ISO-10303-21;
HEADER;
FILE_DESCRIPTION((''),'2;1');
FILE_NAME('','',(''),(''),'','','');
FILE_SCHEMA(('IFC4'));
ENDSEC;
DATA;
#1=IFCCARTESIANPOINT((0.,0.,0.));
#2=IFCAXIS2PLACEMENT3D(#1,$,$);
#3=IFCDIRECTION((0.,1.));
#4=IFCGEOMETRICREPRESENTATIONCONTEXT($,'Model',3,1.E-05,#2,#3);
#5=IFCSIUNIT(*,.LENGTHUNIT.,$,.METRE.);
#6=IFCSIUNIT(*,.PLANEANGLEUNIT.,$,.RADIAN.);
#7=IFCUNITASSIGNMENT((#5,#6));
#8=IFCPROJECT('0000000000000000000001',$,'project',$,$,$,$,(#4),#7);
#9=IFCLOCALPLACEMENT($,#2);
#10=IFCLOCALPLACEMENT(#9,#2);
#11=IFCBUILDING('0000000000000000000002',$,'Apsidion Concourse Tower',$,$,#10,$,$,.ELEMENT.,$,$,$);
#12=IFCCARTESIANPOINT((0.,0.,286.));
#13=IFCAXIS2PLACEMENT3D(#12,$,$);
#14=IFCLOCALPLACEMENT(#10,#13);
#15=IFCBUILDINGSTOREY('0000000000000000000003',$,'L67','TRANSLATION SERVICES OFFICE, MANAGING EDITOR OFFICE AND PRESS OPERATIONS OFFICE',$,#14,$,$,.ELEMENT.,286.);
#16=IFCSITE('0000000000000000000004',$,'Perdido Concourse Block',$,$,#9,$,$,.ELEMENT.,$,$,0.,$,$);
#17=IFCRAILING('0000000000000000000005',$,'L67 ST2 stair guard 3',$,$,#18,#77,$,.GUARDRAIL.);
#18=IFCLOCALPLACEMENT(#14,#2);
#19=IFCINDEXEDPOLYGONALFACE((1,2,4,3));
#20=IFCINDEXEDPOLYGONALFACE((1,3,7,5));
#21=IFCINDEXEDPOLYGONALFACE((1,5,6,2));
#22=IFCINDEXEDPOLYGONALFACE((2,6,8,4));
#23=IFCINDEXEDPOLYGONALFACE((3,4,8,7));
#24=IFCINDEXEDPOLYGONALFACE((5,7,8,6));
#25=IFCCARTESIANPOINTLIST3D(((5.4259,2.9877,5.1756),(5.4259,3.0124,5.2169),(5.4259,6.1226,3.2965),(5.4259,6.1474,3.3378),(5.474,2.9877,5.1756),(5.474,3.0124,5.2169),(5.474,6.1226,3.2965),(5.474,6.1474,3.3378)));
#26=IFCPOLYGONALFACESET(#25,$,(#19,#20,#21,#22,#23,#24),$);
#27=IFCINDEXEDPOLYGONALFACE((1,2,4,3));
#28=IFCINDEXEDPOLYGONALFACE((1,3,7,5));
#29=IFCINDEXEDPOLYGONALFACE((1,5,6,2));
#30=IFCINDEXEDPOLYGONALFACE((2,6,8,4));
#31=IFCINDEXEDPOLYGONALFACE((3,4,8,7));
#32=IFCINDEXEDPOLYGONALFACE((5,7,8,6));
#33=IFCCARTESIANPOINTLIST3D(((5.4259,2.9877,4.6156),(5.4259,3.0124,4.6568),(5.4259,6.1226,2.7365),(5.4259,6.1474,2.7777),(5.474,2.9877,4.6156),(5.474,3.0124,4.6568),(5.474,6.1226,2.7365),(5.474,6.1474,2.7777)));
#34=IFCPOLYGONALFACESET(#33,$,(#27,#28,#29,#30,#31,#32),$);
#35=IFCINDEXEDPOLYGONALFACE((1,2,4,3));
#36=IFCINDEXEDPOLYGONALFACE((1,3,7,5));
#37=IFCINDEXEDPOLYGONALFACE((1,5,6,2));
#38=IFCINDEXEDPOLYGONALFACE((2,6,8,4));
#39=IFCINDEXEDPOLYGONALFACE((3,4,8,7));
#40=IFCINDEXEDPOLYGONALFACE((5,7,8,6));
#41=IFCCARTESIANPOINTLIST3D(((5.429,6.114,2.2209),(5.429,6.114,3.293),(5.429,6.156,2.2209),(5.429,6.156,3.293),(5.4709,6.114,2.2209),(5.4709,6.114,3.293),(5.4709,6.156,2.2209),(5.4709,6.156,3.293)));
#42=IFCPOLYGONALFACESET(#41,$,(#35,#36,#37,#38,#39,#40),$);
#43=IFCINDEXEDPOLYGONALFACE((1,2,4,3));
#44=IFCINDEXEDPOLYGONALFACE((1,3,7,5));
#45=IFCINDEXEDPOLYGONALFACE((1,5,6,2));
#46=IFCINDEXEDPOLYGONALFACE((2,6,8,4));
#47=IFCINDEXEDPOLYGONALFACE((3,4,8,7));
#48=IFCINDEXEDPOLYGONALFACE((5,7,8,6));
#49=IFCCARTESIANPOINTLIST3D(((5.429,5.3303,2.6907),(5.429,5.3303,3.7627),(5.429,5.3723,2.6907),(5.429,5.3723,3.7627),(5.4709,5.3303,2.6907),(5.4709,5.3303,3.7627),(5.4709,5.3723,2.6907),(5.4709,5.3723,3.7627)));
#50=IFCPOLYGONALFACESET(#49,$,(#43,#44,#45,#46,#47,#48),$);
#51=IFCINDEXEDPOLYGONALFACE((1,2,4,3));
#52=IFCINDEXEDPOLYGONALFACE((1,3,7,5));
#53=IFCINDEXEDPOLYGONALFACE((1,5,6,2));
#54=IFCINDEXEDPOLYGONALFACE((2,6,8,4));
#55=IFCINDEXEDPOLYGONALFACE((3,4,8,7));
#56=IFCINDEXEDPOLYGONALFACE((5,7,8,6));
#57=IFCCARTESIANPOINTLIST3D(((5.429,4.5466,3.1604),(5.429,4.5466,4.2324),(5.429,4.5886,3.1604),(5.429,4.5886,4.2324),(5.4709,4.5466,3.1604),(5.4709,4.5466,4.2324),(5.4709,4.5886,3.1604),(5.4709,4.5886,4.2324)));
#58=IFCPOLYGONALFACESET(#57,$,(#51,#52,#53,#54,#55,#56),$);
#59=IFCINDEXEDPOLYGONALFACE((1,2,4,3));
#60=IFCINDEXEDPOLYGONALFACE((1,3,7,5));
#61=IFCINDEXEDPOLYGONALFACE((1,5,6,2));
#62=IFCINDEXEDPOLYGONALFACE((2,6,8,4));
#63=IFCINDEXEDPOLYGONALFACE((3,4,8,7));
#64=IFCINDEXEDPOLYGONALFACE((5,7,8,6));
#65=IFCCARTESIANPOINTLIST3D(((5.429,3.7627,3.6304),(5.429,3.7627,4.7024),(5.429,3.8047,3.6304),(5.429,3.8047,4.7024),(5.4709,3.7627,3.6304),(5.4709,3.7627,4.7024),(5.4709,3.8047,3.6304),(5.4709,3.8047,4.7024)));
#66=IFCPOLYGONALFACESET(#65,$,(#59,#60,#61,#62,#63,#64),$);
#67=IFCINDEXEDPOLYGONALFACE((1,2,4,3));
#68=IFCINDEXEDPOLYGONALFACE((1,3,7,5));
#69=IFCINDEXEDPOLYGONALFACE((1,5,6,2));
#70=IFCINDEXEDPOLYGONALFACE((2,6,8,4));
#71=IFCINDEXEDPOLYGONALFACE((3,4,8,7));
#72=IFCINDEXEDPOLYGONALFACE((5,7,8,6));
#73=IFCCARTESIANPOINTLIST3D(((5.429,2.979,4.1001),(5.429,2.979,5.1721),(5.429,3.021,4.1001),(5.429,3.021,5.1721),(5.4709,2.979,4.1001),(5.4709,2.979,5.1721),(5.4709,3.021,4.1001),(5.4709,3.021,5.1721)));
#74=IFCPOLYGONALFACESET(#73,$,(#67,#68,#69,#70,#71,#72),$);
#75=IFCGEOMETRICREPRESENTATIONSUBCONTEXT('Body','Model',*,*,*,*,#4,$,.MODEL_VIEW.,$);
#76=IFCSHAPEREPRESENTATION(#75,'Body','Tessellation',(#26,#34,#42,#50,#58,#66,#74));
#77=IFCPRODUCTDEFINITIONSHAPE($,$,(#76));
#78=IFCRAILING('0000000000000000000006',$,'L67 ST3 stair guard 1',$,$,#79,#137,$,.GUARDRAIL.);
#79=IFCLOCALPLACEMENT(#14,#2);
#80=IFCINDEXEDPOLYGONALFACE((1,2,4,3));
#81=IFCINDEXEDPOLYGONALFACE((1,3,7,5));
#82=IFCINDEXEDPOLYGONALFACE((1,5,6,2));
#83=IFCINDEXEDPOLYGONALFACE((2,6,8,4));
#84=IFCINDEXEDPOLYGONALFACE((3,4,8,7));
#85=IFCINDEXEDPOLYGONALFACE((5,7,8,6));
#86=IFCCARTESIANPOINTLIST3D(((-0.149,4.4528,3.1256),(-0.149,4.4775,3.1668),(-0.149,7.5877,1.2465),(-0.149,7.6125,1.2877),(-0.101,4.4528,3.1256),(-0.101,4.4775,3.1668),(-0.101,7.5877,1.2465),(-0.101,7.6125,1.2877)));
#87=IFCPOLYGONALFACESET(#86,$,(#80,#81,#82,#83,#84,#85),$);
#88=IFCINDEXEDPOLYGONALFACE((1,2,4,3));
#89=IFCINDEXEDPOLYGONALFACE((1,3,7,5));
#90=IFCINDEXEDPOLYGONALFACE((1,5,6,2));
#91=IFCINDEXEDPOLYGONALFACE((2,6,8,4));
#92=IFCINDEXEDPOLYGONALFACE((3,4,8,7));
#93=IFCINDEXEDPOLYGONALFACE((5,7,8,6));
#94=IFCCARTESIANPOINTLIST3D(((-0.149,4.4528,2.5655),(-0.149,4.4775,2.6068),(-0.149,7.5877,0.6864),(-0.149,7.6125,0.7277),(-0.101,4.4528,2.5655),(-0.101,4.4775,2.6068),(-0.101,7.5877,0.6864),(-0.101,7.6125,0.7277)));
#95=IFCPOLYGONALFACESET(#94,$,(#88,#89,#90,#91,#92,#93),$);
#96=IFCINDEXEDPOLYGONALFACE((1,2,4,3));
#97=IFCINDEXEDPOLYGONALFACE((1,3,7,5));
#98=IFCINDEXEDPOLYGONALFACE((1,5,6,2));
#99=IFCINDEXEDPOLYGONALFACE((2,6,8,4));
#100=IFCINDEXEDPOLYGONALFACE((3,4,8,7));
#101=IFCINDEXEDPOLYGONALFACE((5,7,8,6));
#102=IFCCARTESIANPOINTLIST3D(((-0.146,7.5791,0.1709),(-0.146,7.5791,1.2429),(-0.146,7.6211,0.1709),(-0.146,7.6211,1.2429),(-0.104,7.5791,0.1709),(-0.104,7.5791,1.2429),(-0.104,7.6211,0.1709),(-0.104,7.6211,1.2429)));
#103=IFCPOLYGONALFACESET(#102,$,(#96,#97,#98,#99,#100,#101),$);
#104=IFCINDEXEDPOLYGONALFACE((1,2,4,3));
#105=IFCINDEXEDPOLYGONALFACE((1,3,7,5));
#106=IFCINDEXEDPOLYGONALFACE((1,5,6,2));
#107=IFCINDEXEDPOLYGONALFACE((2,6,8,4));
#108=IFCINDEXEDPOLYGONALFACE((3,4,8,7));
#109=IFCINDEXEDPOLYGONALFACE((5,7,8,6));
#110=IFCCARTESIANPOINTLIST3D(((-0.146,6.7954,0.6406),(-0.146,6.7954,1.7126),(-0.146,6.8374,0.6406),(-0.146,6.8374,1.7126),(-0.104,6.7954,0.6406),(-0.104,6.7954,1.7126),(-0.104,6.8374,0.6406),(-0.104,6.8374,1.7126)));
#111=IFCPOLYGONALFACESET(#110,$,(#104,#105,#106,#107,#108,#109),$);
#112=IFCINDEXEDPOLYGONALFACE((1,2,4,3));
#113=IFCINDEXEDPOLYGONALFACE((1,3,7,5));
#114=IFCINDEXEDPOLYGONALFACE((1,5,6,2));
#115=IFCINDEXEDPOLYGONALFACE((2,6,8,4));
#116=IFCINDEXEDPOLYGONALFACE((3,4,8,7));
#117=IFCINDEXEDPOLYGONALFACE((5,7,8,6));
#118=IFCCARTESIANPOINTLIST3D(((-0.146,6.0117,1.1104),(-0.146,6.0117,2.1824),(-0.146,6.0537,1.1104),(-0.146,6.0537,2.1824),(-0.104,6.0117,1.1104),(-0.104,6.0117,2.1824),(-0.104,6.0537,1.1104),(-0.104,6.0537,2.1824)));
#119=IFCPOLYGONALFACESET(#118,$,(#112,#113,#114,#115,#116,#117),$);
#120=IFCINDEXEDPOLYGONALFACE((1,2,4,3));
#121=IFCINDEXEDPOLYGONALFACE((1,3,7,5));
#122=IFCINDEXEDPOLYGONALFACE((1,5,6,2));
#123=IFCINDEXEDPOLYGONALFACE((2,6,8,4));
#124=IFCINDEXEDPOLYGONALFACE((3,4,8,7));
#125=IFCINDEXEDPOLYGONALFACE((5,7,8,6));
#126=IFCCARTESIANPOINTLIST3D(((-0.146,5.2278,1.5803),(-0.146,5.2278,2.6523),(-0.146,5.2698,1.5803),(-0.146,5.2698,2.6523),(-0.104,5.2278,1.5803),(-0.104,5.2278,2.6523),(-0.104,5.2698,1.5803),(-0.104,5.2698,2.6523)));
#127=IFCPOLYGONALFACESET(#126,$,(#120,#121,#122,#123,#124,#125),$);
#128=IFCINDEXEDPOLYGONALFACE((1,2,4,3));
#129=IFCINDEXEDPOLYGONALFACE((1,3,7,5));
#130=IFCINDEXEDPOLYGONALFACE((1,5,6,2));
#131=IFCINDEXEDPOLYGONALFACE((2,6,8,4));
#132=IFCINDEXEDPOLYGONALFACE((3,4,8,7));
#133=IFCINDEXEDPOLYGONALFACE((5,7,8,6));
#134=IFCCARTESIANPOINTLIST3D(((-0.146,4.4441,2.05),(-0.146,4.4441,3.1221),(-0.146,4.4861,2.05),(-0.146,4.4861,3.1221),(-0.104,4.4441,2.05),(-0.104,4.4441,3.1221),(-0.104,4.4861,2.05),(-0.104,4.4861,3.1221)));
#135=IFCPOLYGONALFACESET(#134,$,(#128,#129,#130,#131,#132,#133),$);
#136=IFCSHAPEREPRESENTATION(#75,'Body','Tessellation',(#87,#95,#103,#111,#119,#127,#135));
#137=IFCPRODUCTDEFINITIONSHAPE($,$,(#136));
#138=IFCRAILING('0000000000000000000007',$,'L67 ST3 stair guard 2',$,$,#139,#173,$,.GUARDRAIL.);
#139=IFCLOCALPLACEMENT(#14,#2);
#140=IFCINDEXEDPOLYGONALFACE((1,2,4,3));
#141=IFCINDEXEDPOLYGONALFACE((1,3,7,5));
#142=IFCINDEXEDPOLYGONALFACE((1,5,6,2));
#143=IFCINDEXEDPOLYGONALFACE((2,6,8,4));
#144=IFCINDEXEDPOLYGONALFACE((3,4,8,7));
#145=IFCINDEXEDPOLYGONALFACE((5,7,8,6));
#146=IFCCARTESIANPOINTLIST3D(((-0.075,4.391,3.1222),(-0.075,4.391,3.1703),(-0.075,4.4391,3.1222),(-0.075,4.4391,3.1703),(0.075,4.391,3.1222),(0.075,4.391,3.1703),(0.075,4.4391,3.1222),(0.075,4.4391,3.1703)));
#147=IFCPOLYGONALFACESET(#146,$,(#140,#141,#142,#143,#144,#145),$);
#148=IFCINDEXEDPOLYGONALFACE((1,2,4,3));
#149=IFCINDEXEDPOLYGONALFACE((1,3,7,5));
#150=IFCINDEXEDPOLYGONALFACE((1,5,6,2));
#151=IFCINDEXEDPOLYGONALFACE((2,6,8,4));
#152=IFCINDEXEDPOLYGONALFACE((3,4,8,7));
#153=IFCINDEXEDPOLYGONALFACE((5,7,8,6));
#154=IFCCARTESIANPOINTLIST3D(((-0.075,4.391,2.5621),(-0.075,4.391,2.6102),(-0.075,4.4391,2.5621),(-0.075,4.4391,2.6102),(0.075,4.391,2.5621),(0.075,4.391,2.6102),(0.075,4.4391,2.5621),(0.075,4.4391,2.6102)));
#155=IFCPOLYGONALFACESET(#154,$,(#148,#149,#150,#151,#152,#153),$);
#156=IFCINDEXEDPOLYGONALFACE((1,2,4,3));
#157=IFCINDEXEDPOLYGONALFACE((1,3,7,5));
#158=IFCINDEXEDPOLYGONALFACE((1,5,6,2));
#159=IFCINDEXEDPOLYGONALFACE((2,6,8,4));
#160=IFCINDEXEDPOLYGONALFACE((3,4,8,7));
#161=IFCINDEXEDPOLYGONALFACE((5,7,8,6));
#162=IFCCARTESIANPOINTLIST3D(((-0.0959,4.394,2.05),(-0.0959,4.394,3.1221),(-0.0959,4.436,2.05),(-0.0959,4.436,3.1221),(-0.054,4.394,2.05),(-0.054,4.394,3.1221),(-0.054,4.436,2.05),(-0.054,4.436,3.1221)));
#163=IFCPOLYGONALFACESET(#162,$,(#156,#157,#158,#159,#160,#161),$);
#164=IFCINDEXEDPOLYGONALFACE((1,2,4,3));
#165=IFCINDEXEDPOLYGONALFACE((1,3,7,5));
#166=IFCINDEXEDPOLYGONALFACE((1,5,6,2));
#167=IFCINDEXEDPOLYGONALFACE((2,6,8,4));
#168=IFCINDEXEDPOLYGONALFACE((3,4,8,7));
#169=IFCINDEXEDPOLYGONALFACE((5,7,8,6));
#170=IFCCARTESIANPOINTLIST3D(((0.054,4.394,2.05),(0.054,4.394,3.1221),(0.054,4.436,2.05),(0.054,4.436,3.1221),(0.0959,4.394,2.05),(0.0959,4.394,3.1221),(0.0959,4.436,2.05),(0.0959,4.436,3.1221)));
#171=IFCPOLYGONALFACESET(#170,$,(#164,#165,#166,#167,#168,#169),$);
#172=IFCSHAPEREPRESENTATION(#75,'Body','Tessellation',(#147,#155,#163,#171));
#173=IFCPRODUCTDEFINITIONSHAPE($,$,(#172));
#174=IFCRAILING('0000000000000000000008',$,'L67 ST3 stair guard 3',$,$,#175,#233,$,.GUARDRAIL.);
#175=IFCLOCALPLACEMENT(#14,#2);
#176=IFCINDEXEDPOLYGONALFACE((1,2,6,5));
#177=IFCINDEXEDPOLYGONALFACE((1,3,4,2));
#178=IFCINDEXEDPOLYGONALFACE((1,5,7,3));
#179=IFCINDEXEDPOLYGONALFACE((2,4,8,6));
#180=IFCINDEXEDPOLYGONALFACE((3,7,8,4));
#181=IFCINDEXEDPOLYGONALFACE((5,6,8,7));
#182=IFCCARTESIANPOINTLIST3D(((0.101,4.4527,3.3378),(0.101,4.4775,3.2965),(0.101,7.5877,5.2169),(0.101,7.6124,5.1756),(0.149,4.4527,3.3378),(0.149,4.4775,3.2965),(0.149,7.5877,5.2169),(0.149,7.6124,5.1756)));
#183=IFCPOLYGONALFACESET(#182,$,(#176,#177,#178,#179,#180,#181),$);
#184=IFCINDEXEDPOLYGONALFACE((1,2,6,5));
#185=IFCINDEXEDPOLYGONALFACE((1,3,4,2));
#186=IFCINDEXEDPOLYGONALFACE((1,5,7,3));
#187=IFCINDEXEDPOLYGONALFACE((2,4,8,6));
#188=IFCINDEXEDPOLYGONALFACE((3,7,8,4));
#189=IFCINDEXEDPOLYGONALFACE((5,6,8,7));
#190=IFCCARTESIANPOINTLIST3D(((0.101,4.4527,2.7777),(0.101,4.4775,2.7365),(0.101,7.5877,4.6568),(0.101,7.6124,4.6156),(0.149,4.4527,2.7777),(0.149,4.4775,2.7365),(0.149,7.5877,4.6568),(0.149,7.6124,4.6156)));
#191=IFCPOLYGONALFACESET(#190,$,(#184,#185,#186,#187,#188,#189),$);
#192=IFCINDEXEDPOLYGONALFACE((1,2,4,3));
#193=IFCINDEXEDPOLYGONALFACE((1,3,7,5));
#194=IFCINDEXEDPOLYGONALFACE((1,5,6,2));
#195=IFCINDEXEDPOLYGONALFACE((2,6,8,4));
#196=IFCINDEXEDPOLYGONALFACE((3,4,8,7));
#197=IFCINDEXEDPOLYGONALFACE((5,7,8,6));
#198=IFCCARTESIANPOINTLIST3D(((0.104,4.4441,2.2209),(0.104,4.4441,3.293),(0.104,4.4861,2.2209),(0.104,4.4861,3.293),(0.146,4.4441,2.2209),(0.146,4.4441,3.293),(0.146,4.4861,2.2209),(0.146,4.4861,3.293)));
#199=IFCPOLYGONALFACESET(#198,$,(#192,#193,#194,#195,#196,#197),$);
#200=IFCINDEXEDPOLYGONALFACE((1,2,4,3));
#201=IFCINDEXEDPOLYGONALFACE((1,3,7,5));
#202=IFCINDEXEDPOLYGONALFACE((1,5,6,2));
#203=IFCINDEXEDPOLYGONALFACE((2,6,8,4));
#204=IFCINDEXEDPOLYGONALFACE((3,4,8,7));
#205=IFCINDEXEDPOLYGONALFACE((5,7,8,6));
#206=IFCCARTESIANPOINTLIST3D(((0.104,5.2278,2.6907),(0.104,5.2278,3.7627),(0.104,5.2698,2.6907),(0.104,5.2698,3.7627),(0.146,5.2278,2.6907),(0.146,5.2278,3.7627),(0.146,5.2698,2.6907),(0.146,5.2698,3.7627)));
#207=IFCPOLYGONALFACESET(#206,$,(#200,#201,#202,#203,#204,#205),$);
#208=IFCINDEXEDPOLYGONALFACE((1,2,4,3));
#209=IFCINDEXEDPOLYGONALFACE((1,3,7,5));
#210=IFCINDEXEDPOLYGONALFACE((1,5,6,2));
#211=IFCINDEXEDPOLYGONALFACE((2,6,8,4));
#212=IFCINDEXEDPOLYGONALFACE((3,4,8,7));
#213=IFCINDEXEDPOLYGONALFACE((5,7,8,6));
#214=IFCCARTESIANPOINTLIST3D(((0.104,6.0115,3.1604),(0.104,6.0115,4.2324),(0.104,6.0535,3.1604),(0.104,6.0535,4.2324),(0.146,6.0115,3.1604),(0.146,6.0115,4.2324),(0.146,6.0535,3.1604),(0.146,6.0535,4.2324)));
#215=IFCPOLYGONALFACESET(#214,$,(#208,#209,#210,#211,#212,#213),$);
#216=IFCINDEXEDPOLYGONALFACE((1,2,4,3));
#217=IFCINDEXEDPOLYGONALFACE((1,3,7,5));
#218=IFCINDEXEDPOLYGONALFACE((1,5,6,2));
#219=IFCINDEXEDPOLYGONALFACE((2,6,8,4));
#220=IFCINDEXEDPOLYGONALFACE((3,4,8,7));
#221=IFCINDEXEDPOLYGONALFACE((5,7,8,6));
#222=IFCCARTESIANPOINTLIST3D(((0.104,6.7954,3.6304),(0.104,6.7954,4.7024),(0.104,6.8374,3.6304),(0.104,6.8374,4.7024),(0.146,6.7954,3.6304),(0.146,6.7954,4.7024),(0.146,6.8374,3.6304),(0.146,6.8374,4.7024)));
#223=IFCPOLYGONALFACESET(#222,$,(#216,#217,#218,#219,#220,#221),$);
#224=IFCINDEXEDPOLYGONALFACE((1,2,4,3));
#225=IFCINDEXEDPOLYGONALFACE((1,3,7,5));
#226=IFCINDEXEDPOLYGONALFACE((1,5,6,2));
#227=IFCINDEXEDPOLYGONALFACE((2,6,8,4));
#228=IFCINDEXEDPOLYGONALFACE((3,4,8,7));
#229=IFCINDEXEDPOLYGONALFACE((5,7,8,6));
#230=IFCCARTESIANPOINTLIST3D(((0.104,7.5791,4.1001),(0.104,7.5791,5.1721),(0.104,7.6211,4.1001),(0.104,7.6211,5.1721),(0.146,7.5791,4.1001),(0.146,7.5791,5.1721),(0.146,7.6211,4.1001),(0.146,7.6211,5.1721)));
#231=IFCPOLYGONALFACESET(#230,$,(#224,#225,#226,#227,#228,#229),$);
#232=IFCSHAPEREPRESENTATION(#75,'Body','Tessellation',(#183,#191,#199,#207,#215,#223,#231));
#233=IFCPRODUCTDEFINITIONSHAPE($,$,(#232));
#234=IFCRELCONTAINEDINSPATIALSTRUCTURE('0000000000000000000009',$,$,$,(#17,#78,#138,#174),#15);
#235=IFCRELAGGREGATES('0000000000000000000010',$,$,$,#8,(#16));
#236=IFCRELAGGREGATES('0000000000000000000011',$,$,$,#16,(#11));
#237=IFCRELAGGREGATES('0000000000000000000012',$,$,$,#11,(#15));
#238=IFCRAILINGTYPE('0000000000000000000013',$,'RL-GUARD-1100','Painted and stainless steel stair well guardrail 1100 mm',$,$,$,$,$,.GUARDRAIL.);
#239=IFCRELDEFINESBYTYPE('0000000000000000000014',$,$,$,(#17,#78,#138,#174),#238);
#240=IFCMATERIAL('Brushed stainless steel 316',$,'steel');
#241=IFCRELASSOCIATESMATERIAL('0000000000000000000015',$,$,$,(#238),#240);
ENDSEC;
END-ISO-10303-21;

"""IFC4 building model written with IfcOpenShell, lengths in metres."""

from ifc_helpers import new_model, si_unit, direction, frame, origin, origin_2d, place, context, subcontext, project, spatial, rectangle, extrude, material, type_object, element, save


model = new_model("IFC4")

# Units and contexts
model_context = context("Model", 3, precision=1e-05, world=origin(), true_north=direction((0.0, 1.0)))
body_context = subcontext(model_context, "Body", "Model", "MODEL_VIEW")
ifc_project = project(units=[si_unit("LENGTHUNIT", "METRE"), si_unit("PLANEANGLEUNIT", "RADIAN")], contexts=[model_context])

# Site, building, storey
site_placement = place(None, origin())
site = spatial("IfcSite", under=ifc_project, at=site_placement, Name="Perdido Concourse Block", CompositionType="ELEMENT", RefElevation=0.0)
building_placement = place(site_placement, origin())
building = spatial("IfcBuilding", under=site, at=building_placement, Name="Apsidion Concourse Tower", CompositionType="ELEMENT")
storey_placement = place(building_placement, frame((0.0, 0.0, 286.0)))
storey = spatial("IfcBuildingStorey", under=building, at=storey_placement, Name="L67", Description="TRANSLATION SERVICES OFFICE, MANAGING EDITOR OFFICE AND PRESS OPERATIONS OFFICE", CompositionType="ELEMENT", Elevation=286.0)

# Railings
ifc_material_1 = material(Name="Brushed stainless steel 316", Category="steel")
railing_type_1 = type_object("IfcRailingType", Name="RL-GUARD-1100", Description="Painted and stainless steel stair well guardrail 1100 mm", PredefinedType="GUARDRAIL", material=ifc_material_1)
for number, where, name in (
    (1, (5.45, 6.135, 2.2209), "L67 ST2 stair guard 3"),
    (2, (-0.125, 7.6001, 0.1709), "L67 ST3 stair guard 1"),
):
    element("IfcRailing", number, at=place(storey_placement, frame(where)), inside=storey, type_object=railing_type_1, Name=name, PredefinedType="GUARDRAIL", context=body_context, shape_type="SweptSolid", body=[
        extrude(rectangle(XDim=0.0481, YDim=0.0481, at=origin_2d()), frame((0.0, 0.0, 1.0962), z_axis=(0.0, -0.857717, 0.514122), x_axis=(1.0, 0.0, 0.0)), (0.0, 0.0, 1.0), 3.655),
        extrude(rectangle(XDim=0.0481, YDim=0.0481, at=origin_2d()), frame((0.0, 0.0, 0.5361), z_axis=(0.0, -0.857717, 0.514122), x_axis=(1.0, 0.0, 0.0)), (0.0, 0.0, 1.0), 3.655),
        extrude(rectangle(XDim=0.042, YDim=0.042, at=origin_2d()), origin(), (0.0, 0.0, 1.0), 1.072),
        extrude(rectangle(XDim=0.042, YDim=0.042, at=origin_2d()), frame((0.0, -0.7837, 0.4697)), (0.0, 0.0, 1.0), 1.072),
        extrude(rectangle(XDim=0.042, YDim=0.042, at=origin_2d()), frame((0.0, -1.5674, 0.9395)), (0.0, 0.0, 1.0), 1.072),
        extrude(rectangle(XDim=0.042, YDim=0.042, at=origin_2d()), frame((0.0, -2.3513, 1.4094)), (0.0, 0.0, 1.0), 1.072),
        extrude(rectangle(XDim=0.042, YDim=0.042, at=origin_2d()), frame((0.0, -3.135, 1.8792)), (0.0, 0.0, 1.0), 1.072),
    ])
railing_1_placement = place(storey_placement, frame((-0.075, 4.415, 2.05)))
element("IfcRailing", 3, at=railing_1_placement, inside=storey, type_object=railing_type_1, Name="L67 ST3 stair guard 2", PredefinedType="GUARDRAIL", context=body_context, shape_type="SweptSolid", body=[
    extrude(rectangle(XDim=0.0481, YDim=0.0481, at=origin_2d()), frame((0.0, 0.0, 1.0962), z_axis=(1.0, 0.0, 0.0), x_axis=(0.0, 1.0, 0.0)), (0.0, 0.0, 1.0), 0.1499),
    extrude(rectangle(XDim=0.0481, YDim=0.0481, at=origin_2d()), frame((0.0, 0.0, 0.5361), z_axis=(1.0, 0.0, 0.0), x_axis=(0.0, 1.0, 0.0)), (0.0, 0.0, 1.0), 0.1499),
    extrude(rectangle(XDim=0.042, YDim=0.042, at=origin_2d()), origin(), (0.0, 0.0, 1.0), 1.072),
    extrude(rectangle(XDim=0.042, YDim=0.042, at=origin_2d()), frame((0.1499, 0.0, 0.0)), (0.0, 0.0, 1.0), 1.072),
])
railing_2_placement = place(storey_placement, frame((0.125, 4.4651, 2.2209)))
element("IfcRailing", 4, at=railing_2_placement, inside=storey, type_object=railing_type_1, Name="L67 ST3 stair guard 3", PredefinedType="GUARDRAIL", context=body_context, shape_type="SweptSolid", body=[
    extrude(rectangle(XDim=0.0481, YDim=0.0481, at=origin_2d()), frame((0.0, 0.0, 1.0962), z_axis=(0.0, 0.857717, 0.514122), x_axis=(-1.0, 0.0, 0.0)), (0.0, 0.0, 1.0), 3.655),
    extrude(rectangle(XDim=0.0481, YDim=0.0481, at=origin_2d()), frame((0.0, 0.0, 0.5361), z_axis=(0.0, 0.857717, 0.514122), x_axis=(-1.0, 0.0, 0.0)), (0.0, 0.0, 1.0), 3.655),
    extrude(rectangle(XDim=0.042, YDim=0.042, at=origin_2d()), origin(), (0.0, 0.0, 1.0), 1.072),
    extrude(rectangle(XDim=0.042, YDim=0.042, at=origin_2d()), frame((0.0, 0.7837, 0.4697)), (0.0, 0.0, 1.0), 1.072),
    extrude(rectangle(XDim=0.042, YDim=0.042, at=origin_2d()), frame((0.0, 1.5674, 0.9395)), (0.0, 0.0, 1.0), 1.072),
    extrude(rectangle(XDim=0.042, YDim=0.042, at=origin_2d()), frame((0.0, 2.3513, 1.4094)), (0.0, 0.0, 1.0), 1.072),
    extrude(rectangle(XDim=0.042, YDim=0.042, at=origin_2d()), frame((0.0, 3.135, 1.8792)), (0.0, 0.0, 1.0), 1.072),
])

save(model, "model.ifc")
